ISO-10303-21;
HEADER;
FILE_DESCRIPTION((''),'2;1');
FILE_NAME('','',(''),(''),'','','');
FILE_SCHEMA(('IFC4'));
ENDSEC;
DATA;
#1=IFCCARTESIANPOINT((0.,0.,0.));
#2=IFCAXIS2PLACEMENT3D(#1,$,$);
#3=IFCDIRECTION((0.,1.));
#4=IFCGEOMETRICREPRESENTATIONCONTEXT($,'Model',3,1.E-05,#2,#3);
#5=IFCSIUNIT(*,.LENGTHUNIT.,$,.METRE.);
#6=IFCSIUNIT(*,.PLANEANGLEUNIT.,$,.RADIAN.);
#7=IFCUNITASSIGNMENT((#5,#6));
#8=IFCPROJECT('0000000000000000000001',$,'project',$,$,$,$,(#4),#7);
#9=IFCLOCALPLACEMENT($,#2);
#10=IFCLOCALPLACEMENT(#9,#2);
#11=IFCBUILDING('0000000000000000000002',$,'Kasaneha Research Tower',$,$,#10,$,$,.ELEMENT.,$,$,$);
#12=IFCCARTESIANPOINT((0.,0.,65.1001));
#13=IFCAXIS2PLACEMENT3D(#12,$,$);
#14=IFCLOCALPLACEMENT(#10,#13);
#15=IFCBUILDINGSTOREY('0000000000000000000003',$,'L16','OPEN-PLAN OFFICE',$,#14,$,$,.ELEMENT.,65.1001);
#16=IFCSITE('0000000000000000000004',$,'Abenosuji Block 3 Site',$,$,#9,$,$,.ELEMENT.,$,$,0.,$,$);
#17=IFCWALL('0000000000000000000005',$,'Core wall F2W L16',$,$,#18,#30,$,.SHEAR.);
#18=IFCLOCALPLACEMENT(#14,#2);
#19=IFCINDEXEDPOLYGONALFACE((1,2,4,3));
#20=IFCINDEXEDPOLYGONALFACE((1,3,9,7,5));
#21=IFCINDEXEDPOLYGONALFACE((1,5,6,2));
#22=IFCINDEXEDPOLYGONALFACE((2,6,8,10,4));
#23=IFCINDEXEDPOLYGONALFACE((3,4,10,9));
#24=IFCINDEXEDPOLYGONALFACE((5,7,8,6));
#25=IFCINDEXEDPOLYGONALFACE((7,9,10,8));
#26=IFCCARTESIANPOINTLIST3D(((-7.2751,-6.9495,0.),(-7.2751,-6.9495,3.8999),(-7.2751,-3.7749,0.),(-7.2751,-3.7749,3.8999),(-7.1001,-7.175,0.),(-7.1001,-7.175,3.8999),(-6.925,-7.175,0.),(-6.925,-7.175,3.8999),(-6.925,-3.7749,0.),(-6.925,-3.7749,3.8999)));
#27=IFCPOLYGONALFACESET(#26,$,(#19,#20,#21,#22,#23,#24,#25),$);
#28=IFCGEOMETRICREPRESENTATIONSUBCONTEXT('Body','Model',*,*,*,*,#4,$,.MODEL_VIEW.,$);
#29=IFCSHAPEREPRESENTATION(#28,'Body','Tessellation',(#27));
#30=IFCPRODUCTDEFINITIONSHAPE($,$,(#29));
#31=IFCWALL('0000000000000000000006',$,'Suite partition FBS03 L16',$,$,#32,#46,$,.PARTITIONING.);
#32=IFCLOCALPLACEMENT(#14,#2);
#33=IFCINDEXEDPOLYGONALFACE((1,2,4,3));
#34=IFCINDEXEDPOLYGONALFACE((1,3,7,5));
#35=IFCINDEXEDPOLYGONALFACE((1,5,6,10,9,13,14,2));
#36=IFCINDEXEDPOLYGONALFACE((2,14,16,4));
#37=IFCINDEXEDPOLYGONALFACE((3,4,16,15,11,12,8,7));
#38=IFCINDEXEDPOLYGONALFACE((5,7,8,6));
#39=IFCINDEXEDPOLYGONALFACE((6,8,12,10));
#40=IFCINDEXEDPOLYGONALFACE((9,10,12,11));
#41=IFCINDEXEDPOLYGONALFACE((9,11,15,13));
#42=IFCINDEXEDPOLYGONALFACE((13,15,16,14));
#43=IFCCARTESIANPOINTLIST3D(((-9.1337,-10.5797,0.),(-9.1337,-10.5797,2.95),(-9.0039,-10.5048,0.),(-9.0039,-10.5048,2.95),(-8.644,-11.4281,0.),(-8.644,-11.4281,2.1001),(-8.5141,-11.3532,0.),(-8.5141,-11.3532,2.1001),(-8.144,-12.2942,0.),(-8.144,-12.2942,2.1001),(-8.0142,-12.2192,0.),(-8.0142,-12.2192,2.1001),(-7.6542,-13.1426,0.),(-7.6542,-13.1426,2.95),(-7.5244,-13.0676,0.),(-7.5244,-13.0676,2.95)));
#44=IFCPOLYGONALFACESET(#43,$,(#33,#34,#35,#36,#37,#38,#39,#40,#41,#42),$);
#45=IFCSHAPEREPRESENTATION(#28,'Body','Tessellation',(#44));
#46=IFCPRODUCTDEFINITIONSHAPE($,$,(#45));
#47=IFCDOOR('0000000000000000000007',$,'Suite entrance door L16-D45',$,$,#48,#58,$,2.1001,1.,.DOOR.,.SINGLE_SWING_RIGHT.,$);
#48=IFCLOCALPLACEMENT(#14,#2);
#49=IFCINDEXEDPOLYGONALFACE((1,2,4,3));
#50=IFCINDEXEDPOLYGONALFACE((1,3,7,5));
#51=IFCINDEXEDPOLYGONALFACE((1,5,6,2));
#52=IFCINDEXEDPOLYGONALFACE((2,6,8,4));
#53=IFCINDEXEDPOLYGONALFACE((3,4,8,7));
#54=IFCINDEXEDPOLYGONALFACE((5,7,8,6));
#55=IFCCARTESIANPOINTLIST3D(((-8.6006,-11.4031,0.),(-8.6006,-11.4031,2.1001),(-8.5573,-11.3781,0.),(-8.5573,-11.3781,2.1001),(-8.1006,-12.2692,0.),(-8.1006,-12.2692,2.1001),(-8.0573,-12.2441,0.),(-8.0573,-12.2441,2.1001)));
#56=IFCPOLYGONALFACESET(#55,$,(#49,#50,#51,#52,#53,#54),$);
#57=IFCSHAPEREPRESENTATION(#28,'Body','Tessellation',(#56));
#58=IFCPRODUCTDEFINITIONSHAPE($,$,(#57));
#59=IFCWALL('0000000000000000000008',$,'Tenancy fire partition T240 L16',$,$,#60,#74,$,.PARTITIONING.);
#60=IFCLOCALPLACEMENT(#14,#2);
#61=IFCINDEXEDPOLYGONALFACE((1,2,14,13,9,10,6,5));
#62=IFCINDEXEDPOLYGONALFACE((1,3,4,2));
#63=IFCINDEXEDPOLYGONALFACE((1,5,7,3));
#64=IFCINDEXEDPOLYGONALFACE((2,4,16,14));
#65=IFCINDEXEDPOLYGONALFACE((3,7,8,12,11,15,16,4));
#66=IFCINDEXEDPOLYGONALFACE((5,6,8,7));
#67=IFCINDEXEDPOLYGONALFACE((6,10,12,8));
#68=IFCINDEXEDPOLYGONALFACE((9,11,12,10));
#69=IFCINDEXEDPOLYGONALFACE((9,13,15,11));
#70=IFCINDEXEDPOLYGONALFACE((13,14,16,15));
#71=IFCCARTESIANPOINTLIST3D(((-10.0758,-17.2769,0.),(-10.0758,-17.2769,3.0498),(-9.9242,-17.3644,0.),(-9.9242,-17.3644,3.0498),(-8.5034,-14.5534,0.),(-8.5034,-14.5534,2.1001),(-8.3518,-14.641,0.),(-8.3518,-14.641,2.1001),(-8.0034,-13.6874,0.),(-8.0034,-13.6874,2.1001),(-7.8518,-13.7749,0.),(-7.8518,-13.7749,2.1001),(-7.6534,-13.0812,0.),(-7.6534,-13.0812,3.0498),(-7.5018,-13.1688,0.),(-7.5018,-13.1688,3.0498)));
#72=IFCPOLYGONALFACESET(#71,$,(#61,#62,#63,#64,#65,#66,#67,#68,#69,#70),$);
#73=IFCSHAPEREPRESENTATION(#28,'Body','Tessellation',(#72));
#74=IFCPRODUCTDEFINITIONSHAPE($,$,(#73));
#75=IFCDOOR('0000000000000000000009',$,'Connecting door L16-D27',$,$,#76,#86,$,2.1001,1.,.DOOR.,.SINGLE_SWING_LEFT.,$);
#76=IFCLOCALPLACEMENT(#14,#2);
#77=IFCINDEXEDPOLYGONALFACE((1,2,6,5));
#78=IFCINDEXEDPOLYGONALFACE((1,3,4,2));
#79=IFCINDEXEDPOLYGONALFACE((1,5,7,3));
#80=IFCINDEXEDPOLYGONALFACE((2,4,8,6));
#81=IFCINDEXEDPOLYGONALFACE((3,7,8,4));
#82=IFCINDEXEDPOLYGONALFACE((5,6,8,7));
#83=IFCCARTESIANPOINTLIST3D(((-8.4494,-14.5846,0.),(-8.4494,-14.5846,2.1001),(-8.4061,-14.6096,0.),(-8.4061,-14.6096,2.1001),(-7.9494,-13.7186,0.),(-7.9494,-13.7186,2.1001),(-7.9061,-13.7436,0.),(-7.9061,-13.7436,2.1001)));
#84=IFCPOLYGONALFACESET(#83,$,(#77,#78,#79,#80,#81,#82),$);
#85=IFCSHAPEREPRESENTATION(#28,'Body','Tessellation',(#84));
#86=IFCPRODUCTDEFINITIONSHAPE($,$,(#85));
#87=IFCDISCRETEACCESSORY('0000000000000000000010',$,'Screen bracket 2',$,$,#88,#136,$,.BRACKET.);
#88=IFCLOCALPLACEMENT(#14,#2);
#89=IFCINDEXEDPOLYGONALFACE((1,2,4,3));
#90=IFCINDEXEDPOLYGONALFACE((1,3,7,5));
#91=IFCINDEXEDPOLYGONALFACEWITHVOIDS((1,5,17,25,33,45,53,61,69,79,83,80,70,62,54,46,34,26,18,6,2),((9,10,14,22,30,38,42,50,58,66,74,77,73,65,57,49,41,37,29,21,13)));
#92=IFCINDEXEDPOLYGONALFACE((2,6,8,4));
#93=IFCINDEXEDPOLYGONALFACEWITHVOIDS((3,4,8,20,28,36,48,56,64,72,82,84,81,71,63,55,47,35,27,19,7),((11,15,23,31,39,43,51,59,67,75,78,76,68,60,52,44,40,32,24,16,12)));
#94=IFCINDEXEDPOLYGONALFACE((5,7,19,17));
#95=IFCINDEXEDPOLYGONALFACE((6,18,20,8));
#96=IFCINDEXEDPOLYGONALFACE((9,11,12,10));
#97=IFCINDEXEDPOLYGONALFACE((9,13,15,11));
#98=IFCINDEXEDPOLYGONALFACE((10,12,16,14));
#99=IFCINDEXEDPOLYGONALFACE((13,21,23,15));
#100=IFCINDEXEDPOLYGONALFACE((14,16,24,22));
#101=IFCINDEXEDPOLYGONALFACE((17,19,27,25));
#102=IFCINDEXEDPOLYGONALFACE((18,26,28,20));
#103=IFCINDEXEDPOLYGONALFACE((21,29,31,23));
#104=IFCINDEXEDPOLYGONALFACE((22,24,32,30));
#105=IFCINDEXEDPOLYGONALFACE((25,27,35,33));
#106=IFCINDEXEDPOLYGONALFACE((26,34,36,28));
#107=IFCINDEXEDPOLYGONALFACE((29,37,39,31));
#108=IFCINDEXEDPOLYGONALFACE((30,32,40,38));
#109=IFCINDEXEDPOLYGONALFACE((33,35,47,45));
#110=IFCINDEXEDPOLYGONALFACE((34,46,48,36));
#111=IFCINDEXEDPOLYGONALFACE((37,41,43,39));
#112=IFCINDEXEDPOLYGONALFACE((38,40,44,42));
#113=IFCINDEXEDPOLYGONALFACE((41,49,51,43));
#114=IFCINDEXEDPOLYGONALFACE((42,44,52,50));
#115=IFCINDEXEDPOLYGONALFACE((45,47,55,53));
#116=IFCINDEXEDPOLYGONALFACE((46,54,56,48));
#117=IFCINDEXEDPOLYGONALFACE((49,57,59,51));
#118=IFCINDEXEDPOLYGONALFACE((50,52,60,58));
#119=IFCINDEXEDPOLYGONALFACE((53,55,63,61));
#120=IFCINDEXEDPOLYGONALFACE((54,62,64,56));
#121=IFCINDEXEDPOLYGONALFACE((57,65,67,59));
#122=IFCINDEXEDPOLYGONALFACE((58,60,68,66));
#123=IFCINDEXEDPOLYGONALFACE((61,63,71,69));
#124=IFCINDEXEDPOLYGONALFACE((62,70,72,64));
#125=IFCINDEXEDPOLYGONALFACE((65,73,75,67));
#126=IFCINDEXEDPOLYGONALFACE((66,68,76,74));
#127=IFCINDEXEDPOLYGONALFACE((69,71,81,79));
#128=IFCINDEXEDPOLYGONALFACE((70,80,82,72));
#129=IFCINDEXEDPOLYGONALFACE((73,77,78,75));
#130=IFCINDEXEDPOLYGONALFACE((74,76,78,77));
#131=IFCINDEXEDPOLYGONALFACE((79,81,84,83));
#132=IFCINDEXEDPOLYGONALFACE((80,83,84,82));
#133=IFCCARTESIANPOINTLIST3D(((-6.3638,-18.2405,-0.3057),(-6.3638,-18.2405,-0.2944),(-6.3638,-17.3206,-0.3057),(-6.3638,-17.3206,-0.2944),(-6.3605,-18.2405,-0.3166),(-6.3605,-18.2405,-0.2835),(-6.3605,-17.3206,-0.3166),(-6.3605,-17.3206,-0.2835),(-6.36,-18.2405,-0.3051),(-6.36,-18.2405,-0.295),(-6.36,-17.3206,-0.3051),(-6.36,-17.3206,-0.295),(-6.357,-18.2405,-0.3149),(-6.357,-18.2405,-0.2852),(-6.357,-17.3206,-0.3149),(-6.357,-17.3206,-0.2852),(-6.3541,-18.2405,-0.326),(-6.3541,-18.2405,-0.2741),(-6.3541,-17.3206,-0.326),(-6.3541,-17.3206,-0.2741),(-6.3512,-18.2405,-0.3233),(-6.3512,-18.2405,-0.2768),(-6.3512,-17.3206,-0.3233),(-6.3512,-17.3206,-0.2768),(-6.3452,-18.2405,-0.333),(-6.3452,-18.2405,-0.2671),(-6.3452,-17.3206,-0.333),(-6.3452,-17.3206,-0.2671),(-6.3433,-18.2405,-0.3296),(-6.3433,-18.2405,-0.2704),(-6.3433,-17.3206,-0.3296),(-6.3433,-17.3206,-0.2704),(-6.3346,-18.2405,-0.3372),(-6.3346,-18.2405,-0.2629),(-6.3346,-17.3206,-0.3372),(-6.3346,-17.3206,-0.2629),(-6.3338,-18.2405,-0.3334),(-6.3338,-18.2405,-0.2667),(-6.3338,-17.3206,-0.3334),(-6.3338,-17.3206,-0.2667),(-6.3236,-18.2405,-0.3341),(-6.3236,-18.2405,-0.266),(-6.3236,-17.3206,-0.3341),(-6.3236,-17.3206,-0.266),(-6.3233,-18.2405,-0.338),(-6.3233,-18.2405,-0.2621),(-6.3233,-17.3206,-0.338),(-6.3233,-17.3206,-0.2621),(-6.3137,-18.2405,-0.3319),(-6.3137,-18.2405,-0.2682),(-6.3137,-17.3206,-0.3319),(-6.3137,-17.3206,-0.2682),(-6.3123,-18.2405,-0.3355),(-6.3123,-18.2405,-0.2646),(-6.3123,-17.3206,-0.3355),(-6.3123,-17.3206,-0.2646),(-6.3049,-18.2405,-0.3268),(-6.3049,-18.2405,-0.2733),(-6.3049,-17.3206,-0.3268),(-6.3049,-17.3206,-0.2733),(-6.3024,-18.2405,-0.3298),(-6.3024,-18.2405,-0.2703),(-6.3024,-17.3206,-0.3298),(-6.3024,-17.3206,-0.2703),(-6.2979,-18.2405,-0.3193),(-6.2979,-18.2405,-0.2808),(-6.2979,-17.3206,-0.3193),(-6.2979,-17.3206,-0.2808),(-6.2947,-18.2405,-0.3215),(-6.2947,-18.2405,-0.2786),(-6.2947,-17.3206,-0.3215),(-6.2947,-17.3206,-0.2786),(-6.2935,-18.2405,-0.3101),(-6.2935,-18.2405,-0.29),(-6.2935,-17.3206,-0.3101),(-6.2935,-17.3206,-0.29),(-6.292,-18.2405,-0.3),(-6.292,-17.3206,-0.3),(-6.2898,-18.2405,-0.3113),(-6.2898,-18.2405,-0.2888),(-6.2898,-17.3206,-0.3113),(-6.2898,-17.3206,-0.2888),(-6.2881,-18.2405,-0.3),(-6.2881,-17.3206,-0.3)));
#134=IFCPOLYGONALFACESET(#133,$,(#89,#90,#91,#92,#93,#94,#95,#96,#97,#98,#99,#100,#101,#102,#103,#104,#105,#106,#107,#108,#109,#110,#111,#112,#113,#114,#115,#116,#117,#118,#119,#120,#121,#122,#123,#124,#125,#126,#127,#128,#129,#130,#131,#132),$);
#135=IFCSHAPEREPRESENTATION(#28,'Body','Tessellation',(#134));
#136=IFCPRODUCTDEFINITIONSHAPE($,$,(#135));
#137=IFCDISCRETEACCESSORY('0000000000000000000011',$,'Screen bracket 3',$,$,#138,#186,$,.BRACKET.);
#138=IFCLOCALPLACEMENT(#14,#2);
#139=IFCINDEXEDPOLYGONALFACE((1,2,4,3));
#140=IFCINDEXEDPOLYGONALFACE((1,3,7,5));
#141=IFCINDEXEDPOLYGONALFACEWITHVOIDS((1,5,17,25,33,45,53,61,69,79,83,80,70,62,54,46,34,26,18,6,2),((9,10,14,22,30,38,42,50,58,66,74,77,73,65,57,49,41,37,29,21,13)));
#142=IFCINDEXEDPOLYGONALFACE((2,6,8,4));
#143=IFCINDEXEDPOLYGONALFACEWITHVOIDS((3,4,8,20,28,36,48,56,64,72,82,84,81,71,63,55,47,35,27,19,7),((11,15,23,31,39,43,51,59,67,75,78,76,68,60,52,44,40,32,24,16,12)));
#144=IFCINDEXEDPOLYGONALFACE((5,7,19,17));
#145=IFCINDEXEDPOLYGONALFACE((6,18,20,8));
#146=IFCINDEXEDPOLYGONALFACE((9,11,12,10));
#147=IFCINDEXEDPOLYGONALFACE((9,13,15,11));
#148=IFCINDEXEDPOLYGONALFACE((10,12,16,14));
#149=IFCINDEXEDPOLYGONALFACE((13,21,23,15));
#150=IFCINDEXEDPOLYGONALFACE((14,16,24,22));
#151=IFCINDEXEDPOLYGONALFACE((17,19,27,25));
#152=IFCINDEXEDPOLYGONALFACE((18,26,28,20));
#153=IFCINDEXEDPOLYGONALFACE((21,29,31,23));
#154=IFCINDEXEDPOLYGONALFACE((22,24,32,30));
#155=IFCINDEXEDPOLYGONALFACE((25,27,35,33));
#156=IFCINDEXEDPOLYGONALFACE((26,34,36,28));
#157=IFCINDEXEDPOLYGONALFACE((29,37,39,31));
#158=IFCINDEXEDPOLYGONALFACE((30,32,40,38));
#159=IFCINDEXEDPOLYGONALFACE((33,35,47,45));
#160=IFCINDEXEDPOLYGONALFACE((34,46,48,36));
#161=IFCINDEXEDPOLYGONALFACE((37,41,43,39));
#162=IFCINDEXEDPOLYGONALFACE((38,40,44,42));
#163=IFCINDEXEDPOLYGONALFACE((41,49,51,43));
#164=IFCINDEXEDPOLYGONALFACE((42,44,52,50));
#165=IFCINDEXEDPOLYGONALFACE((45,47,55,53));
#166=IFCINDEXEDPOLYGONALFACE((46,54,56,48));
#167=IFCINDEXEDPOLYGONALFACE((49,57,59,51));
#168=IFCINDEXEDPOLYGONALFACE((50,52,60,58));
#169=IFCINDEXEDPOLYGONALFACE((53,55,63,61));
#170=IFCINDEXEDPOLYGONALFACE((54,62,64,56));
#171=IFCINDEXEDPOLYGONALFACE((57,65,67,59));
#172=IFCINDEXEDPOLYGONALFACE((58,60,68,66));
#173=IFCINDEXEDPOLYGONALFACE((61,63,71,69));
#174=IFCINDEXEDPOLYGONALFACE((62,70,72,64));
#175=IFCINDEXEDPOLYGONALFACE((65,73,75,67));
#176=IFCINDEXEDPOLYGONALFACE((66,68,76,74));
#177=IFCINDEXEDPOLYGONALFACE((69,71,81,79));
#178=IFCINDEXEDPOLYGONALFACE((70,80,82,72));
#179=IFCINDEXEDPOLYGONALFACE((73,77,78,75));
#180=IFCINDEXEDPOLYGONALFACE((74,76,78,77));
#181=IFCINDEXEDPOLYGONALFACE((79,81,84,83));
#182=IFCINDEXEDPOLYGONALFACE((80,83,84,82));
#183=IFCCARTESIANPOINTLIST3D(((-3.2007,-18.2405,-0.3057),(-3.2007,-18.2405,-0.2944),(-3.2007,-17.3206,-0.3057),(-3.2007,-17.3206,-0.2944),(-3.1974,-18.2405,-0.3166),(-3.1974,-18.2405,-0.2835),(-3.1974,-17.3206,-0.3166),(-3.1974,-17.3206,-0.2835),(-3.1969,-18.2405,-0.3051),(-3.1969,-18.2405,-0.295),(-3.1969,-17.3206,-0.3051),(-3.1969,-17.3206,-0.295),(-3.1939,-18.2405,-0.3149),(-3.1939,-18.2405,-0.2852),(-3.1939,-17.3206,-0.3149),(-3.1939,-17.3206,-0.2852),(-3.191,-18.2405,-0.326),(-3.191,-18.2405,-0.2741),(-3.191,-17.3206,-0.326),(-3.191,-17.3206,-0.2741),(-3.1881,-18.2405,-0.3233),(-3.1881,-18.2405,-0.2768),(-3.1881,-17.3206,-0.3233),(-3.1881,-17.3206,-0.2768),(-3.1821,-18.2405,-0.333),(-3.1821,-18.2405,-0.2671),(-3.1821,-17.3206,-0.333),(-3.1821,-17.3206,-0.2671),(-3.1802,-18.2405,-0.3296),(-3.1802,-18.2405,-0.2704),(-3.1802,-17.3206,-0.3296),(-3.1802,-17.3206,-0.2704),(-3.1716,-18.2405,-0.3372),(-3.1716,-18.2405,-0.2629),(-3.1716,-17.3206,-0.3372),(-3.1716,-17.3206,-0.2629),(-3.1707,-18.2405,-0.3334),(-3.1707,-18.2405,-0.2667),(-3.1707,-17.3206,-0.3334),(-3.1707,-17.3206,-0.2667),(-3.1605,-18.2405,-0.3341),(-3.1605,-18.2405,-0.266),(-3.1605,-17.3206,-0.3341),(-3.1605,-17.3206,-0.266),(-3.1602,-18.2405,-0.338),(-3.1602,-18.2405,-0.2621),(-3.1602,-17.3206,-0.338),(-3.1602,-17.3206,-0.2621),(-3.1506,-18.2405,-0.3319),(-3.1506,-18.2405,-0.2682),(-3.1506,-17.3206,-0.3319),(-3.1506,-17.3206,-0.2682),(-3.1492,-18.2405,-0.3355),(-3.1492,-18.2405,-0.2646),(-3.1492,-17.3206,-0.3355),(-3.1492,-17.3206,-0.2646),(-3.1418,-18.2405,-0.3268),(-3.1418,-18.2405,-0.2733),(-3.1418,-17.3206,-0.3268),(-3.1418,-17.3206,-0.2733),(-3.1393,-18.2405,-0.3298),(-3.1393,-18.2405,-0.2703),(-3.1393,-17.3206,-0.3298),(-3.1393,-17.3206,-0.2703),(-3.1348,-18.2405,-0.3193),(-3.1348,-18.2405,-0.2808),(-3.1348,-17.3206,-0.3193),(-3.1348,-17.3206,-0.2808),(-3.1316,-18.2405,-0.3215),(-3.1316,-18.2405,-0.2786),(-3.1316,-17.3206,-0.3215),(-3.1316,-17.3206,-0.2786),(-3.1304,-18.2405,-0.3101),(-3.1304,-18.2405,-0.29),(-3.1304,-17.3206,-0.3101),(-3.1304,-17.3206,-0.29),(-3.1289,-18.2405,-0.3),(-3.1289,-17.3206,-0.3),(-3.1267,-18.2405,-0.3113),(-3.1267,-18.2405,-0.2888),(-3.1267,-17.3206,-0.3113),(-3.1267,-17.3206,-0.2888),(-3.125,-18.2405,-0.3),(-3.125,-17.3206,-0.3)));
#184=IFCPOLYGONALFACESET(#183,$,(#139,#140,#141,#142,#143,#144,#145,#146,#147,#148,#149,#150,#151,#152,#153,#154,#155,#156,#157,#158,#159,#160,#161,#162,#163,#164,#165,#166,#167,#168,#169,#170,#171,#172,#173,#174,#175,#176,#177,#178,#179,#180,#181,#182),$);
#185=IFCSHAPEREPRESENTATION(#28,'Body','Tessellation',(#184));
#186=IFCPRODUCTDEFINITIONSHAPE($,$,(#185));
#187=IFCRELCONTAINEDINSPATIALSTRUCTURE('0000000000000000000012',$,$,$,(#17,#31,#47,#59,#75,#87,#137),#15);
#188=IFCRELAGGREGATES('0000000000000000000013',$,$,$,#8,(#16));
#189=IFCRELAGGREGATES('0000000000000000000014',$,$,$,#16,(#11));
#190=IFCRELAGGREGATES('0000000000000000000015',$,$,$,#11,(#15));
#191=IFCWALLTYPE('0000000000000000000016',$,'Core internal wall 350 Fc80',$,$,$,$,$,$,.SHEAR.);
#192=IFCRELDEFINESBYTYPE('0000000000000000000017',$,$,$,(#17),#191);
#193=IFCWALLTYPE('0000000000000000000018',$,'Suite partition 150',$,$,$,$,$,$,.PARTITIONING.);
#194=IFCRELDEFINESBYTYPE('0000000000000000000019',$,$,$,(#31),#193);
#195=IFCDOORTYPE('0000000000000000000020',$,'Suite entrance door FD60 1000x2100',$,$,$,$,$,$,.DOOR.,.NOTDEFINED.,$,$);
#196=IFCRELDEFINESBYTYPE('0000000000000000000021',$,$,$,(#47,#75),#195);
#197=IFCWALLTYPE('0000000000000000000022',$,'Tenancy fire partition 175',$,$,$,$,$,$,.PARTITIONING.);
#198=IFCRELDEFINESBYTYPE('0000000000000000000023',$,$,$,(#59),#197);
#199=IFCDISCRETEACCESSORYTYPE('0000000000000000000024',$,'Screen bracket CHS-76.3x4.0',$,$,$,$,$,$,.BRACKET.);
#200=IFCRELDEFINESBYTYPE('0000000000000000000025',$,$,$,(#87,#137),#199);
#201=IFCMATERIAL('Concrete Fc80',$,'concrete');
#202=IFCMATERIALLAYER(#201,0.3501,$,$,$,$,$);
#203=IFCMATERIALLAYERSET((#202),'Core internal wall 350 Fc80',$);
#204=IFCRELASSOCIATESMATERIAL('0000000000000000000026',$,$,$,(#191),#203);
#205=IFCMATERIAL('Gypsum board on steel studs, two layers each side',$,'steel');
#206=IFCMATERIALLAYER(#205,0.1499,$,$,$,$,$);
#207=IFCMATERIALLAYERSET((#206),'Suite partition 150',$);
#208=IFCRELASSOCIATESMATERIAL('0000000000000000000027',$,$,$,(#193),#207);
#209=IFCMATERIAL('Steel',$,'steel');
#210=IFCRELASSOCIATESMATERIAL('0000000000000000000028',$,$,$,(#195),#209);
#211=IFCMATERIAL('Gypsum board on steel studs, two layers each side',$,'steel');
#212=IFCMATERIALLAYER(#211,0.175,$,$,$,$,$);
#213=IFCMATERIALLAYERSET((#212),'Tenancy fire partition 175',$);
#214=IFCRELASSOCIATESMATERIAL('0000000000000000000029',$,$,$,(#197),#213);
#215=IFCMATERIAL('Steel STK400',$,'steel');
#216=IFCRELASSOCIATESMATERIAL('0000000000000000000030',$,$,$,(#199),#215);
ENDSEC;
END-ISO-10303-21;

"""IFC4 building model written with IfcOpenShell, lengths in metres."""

from ifc_helpers import new_model, si_unit, direction, frame, frame_2d, origin, origin_2d, place, context, subcontext, project, spatial, polyline, rectangle, hollow_circle, outline, extrude, material, layer, layer_set, material_profile, profile_set, type_object, element, fill, save


model = new_model("IFC4")

# Units and contexts
model_context = context("Model", 3, precision=1e-05, world=origin(), true_north=direction((0.0, 1.0)))
body_context = subcontext(model_context, "Body", "Model", "MODEL_VIEW")
ifc_project = project(units=[si_unit("LENGTHUNIT", "METRE"), si_unit("PLANEANGLEUNIT", "RADIAN")], contexts=[model_context])

# Site, building, storey
site_placement = place(None, origin())
site = spatial("IfcSite", under=ifc_project, at=site_placement, Name="Abenosuji Block 3 Site", CompositionType="ELEMENT", RefElevation=0.0)
building_placement = place(site_placement, origin())
building = spatial("IfcBuilding", under=site, at=building_placement, Name="Kasaneha Research Tower", CompositionType="ELEMENT")
storey_placement = place(building_placement, frame((0.0, 0.0, 65.1001)))
storey = spatial("IfcBuildingStorey", under=building, at=storey_placement, Name="L16", Description="OPEN-PLAN OFFICE", CompositionType="ELEMENT", Elevation=65.1001)

# Shared definitions
ifc_material_1 = material(Name="Concrete Fc80", Category="concrete")
ifc_layer_1 = layer(ifc_material_1, 0.3501)
ifc_layer_set_1 = layer_set([ifc_layer_1], Name="Core internal wall 350 Fc80")
wall_type_1 = type_object("IfcWallType", Name="Core internal wall 350 Fc80", PredefinedType="SHEAR", material=ifc_layer_set_1)

# Wall
wall_1_placement = place(storey_placement, frame((-7.1001, -3.7749, 0.0), z_axis=(0.0, 0.0, 1.0), x_axis=(0.0, -1.0, 0.0)))
element("IfcWall", 1, at=wall_1_placement, inside=storey, type_object=wall_type_1, Name="Core wall F2W L16", PredefinedType="SHEAR", context=body_context, shape_type="SweptSolid", body=[
    extrude(outline(polyline([(0.0, -0.175), (3.1746, -0.175), (3.4001, 0.0), (3.4001, 0.175), (0.0, 0.175), (0.0, -0.175)])), origin(), (0.0, 0.0, 1.0), 3.8999),
])

# Walls, openings, doors
ifc_material_2 = material(Name="Gypsum board on steel studs, two layers each side", Category="steel")
ifc_layer_2 = layer(ifc_material_2, 0.1499)
ifc_layer_set_2 = layer_set([ifc_layer_2], Name="Suite partition 150")
wall_type_2 = type_object("IfcWallType", Name="Suite partition 150", PredefinedType="PARTITIONING", material=ifc_layer_set_2)
wall_2_placement = place(storey_placement, frame((-7.5894, -13.105, 0.0), z_axis=(0.0, 0.0, 1.0), x_axis=(-0.499972, 0.866041, 0.0)))
wall_2 = element("IfcWall", 2, at=wall_2_placement, inside=storey, type_object=wall_type_2, Name="Suite partition FBS03 L16", PredefinedType="PARTITIONING", context=body_context, shape_type="SweptSolid", body=[
    extrude(rectangle(XDim=2.9592, YDim=0.1499, at=frame_2d((1.4795, 0.0))), origin(), (0.0, 0.0, 1.0), 2.95),
])
opening_1_placement = place(wall_2_placement, frame((0.9795, 0.0, 0.0)))
opening_1 = element("IfcOpeningElement", 3, at=opening_1_placement, cuts=wall_2, PredefinedType="OPENING", context=body_context, shape_type="SweptSolid", body=[
    extrude(rectangle(XDim=1.0, YDim=2.1001, at=frame_2d((0.5, 1.05))), frame((0.0, 0.085, 0.0), z_axis=(0.0, -1.0, 0.0), x_axis=(1.0, 0.0, 0.0)), (0.0, 0.0, 1.0), 0.1699),
])
ifc_material_3 = material(Name="Steel", Category="steel")
door_type_1 = type_object("IfcDoorType", Name="Suite entrance door FD60 1000x2100", OperationType="NOTDEFINED", PredefinedType="DOOR", material=ifc_material_3)
door_1_placement = place(opening_1_placement, origin())
door_1 = element("IfcDoor", 4, at=door_1_placement, inside=storey, type_object=door_type_1, Name="Suite entrance door L16-D45", OperationType="SINGLE_SWING_RIGHT", OverallHeight=2.1001, OverallWidth=1.0, PredefinedType="DOOR", context=body_context, shape_type="SweptSolid", body=[
    extrude(rectangle(XDim=1.0, YDim=2.1001, at=frame_2d((0.5, 1.05))), frame((0.0, 0.0249, 0.0), z_axis=(0.0, -1.0, 0.0), x_axis=(1.0, 0.0, 0.0)), (0.0, 0.0, 1.0), 0.05),
])
fill(opening_1, door_1)
ifc_material_4 = material(Name="Gypsum board on steel studs, two layers each side", Category="steel")
ifc_layer_3 = layer(ifc_material_4, 0.175)
ifc_layer_set_3 = layer_set([ifc_layer_3], Name="Tenancy fire partition 175")
wall_type_3 = type_object("IfcWallType", Name="Tenancy fire partition 175", PredefinedType="PARTITIONING", material=ifc_layer_set_3)
wall_3_placement = place(storey_placement, frame((-7.5776, -13.125, 0.0), z_axis=(0.0, 0.0, 1.0), x_axis=(-0.500009, -0.86602, 0.0)))
wall_3 = element("IfcWall", 5, at=wall_3_placement, inside=storey, type_object=wall_type_3, Name="Tenancy fire partition T240 L16", PredefinedType="PARTITIONING", context=body_context, shape_type="SweptSolid", body=[
    extrude(rectangle(XDim=4.8447, YDim=0.175, at=frame_2d((2.4224, 0.0))), origin(), (0.0, 0.0, 1.0), 3.0498),
])
opening_2_placement = place(wall_3_placement, frame((0.7, 0.0, 0.0)))
opening_2 = element("IfcOpeningElement", 6, at=opening_2_placement, cuts=wall_3, PredefinedType="OPENING", context=body_context, shape_type="SweptSolid", body=[
    extrude(rectangle(XDim=1.0, YDim=2.1001, at=frame_2d((0.5, 1.05))), frame((0.0, 0.0977, 0.0), z_axis=(0.0, -1.0, 0.0), x_axis=(1.0, 0.0, 0.0)), (0.0, 0.0, 1.0), 0.1951),
])
door_2_placement = place(opening_2_placement, origin())
door_2 = element("IfcDoor", 7, at=door_2_placement, inside=storey, type_object=door_type_1, Name="Connecting door L16-D27", OperationType="SINGLE_SWING_LEFT", OverallHeight=2.1001, OverallWidth=1.0, PredefinedType="DOOR", context=body_context, shape_type="SweptSolid", body=[
    extrude(rectangle(XDim=1.0, YDim=2.1001, at=frame_2d((0.5, 1.05))), frame((0.0, 0.0249, 0.0), z_axis=(0.0, -1.0, 0.0), x_axis=(1.0, 0.0, 0.0)), (0.0, 0.0, 1.0), 0.05),
])
fill(opening_2, door_2)

# Discrete accessories
ifc_material_5 = material(Name="Steel STK400", Category="steel")
ifc_material_profile_1 = material_profile(ifc_material_5, hollow_circle(Radius=0.0381, WallThickness=0.0039, at=origin_2d()), Name="CHS-76.3x4.0")
ifc_profile_set_1 = profile_set([ifc_material_profile_1], Name="Steel STK400")
discrete_accessory_type = type_object("IfcDiscreteAccessoryType", Name="Screen bracket CHS-76.3x4.0", PredefinedType="BRACKET", material=ifc_profile_set_1)
for number, where, z_axis, x_axis, name in (
    (8, (-6.3262, -17.3206, -0.3), (0.0, -1.0, 0.0), (1.0, 0.0, 0.0), "Screen bracket 2"),
    (9, (-3.1631, -17.3206, -0.3), (0.0, -1.0, 0.0), (1.0, 0.0, 0.0), "Screen bracket 3"),
):
    element("IfcDiscreteAccessory", number, at=place(storey_placement, frame(where, z_axis=z_axis, x_axis=x_axis)), inside=storey, type_object=discrete_accessory_type, Name=name, PredefinedType="BRACKET", context=body_context, shape_type="SweptSolid", body=[
        extrude(hollow_circle(Radius=0.0381, WallThickness=0.0039, at=origin_2d()), origin(), (0.0, 0.0, 1.0), 0.9199),
    ])

save(model, "model.ifc")
